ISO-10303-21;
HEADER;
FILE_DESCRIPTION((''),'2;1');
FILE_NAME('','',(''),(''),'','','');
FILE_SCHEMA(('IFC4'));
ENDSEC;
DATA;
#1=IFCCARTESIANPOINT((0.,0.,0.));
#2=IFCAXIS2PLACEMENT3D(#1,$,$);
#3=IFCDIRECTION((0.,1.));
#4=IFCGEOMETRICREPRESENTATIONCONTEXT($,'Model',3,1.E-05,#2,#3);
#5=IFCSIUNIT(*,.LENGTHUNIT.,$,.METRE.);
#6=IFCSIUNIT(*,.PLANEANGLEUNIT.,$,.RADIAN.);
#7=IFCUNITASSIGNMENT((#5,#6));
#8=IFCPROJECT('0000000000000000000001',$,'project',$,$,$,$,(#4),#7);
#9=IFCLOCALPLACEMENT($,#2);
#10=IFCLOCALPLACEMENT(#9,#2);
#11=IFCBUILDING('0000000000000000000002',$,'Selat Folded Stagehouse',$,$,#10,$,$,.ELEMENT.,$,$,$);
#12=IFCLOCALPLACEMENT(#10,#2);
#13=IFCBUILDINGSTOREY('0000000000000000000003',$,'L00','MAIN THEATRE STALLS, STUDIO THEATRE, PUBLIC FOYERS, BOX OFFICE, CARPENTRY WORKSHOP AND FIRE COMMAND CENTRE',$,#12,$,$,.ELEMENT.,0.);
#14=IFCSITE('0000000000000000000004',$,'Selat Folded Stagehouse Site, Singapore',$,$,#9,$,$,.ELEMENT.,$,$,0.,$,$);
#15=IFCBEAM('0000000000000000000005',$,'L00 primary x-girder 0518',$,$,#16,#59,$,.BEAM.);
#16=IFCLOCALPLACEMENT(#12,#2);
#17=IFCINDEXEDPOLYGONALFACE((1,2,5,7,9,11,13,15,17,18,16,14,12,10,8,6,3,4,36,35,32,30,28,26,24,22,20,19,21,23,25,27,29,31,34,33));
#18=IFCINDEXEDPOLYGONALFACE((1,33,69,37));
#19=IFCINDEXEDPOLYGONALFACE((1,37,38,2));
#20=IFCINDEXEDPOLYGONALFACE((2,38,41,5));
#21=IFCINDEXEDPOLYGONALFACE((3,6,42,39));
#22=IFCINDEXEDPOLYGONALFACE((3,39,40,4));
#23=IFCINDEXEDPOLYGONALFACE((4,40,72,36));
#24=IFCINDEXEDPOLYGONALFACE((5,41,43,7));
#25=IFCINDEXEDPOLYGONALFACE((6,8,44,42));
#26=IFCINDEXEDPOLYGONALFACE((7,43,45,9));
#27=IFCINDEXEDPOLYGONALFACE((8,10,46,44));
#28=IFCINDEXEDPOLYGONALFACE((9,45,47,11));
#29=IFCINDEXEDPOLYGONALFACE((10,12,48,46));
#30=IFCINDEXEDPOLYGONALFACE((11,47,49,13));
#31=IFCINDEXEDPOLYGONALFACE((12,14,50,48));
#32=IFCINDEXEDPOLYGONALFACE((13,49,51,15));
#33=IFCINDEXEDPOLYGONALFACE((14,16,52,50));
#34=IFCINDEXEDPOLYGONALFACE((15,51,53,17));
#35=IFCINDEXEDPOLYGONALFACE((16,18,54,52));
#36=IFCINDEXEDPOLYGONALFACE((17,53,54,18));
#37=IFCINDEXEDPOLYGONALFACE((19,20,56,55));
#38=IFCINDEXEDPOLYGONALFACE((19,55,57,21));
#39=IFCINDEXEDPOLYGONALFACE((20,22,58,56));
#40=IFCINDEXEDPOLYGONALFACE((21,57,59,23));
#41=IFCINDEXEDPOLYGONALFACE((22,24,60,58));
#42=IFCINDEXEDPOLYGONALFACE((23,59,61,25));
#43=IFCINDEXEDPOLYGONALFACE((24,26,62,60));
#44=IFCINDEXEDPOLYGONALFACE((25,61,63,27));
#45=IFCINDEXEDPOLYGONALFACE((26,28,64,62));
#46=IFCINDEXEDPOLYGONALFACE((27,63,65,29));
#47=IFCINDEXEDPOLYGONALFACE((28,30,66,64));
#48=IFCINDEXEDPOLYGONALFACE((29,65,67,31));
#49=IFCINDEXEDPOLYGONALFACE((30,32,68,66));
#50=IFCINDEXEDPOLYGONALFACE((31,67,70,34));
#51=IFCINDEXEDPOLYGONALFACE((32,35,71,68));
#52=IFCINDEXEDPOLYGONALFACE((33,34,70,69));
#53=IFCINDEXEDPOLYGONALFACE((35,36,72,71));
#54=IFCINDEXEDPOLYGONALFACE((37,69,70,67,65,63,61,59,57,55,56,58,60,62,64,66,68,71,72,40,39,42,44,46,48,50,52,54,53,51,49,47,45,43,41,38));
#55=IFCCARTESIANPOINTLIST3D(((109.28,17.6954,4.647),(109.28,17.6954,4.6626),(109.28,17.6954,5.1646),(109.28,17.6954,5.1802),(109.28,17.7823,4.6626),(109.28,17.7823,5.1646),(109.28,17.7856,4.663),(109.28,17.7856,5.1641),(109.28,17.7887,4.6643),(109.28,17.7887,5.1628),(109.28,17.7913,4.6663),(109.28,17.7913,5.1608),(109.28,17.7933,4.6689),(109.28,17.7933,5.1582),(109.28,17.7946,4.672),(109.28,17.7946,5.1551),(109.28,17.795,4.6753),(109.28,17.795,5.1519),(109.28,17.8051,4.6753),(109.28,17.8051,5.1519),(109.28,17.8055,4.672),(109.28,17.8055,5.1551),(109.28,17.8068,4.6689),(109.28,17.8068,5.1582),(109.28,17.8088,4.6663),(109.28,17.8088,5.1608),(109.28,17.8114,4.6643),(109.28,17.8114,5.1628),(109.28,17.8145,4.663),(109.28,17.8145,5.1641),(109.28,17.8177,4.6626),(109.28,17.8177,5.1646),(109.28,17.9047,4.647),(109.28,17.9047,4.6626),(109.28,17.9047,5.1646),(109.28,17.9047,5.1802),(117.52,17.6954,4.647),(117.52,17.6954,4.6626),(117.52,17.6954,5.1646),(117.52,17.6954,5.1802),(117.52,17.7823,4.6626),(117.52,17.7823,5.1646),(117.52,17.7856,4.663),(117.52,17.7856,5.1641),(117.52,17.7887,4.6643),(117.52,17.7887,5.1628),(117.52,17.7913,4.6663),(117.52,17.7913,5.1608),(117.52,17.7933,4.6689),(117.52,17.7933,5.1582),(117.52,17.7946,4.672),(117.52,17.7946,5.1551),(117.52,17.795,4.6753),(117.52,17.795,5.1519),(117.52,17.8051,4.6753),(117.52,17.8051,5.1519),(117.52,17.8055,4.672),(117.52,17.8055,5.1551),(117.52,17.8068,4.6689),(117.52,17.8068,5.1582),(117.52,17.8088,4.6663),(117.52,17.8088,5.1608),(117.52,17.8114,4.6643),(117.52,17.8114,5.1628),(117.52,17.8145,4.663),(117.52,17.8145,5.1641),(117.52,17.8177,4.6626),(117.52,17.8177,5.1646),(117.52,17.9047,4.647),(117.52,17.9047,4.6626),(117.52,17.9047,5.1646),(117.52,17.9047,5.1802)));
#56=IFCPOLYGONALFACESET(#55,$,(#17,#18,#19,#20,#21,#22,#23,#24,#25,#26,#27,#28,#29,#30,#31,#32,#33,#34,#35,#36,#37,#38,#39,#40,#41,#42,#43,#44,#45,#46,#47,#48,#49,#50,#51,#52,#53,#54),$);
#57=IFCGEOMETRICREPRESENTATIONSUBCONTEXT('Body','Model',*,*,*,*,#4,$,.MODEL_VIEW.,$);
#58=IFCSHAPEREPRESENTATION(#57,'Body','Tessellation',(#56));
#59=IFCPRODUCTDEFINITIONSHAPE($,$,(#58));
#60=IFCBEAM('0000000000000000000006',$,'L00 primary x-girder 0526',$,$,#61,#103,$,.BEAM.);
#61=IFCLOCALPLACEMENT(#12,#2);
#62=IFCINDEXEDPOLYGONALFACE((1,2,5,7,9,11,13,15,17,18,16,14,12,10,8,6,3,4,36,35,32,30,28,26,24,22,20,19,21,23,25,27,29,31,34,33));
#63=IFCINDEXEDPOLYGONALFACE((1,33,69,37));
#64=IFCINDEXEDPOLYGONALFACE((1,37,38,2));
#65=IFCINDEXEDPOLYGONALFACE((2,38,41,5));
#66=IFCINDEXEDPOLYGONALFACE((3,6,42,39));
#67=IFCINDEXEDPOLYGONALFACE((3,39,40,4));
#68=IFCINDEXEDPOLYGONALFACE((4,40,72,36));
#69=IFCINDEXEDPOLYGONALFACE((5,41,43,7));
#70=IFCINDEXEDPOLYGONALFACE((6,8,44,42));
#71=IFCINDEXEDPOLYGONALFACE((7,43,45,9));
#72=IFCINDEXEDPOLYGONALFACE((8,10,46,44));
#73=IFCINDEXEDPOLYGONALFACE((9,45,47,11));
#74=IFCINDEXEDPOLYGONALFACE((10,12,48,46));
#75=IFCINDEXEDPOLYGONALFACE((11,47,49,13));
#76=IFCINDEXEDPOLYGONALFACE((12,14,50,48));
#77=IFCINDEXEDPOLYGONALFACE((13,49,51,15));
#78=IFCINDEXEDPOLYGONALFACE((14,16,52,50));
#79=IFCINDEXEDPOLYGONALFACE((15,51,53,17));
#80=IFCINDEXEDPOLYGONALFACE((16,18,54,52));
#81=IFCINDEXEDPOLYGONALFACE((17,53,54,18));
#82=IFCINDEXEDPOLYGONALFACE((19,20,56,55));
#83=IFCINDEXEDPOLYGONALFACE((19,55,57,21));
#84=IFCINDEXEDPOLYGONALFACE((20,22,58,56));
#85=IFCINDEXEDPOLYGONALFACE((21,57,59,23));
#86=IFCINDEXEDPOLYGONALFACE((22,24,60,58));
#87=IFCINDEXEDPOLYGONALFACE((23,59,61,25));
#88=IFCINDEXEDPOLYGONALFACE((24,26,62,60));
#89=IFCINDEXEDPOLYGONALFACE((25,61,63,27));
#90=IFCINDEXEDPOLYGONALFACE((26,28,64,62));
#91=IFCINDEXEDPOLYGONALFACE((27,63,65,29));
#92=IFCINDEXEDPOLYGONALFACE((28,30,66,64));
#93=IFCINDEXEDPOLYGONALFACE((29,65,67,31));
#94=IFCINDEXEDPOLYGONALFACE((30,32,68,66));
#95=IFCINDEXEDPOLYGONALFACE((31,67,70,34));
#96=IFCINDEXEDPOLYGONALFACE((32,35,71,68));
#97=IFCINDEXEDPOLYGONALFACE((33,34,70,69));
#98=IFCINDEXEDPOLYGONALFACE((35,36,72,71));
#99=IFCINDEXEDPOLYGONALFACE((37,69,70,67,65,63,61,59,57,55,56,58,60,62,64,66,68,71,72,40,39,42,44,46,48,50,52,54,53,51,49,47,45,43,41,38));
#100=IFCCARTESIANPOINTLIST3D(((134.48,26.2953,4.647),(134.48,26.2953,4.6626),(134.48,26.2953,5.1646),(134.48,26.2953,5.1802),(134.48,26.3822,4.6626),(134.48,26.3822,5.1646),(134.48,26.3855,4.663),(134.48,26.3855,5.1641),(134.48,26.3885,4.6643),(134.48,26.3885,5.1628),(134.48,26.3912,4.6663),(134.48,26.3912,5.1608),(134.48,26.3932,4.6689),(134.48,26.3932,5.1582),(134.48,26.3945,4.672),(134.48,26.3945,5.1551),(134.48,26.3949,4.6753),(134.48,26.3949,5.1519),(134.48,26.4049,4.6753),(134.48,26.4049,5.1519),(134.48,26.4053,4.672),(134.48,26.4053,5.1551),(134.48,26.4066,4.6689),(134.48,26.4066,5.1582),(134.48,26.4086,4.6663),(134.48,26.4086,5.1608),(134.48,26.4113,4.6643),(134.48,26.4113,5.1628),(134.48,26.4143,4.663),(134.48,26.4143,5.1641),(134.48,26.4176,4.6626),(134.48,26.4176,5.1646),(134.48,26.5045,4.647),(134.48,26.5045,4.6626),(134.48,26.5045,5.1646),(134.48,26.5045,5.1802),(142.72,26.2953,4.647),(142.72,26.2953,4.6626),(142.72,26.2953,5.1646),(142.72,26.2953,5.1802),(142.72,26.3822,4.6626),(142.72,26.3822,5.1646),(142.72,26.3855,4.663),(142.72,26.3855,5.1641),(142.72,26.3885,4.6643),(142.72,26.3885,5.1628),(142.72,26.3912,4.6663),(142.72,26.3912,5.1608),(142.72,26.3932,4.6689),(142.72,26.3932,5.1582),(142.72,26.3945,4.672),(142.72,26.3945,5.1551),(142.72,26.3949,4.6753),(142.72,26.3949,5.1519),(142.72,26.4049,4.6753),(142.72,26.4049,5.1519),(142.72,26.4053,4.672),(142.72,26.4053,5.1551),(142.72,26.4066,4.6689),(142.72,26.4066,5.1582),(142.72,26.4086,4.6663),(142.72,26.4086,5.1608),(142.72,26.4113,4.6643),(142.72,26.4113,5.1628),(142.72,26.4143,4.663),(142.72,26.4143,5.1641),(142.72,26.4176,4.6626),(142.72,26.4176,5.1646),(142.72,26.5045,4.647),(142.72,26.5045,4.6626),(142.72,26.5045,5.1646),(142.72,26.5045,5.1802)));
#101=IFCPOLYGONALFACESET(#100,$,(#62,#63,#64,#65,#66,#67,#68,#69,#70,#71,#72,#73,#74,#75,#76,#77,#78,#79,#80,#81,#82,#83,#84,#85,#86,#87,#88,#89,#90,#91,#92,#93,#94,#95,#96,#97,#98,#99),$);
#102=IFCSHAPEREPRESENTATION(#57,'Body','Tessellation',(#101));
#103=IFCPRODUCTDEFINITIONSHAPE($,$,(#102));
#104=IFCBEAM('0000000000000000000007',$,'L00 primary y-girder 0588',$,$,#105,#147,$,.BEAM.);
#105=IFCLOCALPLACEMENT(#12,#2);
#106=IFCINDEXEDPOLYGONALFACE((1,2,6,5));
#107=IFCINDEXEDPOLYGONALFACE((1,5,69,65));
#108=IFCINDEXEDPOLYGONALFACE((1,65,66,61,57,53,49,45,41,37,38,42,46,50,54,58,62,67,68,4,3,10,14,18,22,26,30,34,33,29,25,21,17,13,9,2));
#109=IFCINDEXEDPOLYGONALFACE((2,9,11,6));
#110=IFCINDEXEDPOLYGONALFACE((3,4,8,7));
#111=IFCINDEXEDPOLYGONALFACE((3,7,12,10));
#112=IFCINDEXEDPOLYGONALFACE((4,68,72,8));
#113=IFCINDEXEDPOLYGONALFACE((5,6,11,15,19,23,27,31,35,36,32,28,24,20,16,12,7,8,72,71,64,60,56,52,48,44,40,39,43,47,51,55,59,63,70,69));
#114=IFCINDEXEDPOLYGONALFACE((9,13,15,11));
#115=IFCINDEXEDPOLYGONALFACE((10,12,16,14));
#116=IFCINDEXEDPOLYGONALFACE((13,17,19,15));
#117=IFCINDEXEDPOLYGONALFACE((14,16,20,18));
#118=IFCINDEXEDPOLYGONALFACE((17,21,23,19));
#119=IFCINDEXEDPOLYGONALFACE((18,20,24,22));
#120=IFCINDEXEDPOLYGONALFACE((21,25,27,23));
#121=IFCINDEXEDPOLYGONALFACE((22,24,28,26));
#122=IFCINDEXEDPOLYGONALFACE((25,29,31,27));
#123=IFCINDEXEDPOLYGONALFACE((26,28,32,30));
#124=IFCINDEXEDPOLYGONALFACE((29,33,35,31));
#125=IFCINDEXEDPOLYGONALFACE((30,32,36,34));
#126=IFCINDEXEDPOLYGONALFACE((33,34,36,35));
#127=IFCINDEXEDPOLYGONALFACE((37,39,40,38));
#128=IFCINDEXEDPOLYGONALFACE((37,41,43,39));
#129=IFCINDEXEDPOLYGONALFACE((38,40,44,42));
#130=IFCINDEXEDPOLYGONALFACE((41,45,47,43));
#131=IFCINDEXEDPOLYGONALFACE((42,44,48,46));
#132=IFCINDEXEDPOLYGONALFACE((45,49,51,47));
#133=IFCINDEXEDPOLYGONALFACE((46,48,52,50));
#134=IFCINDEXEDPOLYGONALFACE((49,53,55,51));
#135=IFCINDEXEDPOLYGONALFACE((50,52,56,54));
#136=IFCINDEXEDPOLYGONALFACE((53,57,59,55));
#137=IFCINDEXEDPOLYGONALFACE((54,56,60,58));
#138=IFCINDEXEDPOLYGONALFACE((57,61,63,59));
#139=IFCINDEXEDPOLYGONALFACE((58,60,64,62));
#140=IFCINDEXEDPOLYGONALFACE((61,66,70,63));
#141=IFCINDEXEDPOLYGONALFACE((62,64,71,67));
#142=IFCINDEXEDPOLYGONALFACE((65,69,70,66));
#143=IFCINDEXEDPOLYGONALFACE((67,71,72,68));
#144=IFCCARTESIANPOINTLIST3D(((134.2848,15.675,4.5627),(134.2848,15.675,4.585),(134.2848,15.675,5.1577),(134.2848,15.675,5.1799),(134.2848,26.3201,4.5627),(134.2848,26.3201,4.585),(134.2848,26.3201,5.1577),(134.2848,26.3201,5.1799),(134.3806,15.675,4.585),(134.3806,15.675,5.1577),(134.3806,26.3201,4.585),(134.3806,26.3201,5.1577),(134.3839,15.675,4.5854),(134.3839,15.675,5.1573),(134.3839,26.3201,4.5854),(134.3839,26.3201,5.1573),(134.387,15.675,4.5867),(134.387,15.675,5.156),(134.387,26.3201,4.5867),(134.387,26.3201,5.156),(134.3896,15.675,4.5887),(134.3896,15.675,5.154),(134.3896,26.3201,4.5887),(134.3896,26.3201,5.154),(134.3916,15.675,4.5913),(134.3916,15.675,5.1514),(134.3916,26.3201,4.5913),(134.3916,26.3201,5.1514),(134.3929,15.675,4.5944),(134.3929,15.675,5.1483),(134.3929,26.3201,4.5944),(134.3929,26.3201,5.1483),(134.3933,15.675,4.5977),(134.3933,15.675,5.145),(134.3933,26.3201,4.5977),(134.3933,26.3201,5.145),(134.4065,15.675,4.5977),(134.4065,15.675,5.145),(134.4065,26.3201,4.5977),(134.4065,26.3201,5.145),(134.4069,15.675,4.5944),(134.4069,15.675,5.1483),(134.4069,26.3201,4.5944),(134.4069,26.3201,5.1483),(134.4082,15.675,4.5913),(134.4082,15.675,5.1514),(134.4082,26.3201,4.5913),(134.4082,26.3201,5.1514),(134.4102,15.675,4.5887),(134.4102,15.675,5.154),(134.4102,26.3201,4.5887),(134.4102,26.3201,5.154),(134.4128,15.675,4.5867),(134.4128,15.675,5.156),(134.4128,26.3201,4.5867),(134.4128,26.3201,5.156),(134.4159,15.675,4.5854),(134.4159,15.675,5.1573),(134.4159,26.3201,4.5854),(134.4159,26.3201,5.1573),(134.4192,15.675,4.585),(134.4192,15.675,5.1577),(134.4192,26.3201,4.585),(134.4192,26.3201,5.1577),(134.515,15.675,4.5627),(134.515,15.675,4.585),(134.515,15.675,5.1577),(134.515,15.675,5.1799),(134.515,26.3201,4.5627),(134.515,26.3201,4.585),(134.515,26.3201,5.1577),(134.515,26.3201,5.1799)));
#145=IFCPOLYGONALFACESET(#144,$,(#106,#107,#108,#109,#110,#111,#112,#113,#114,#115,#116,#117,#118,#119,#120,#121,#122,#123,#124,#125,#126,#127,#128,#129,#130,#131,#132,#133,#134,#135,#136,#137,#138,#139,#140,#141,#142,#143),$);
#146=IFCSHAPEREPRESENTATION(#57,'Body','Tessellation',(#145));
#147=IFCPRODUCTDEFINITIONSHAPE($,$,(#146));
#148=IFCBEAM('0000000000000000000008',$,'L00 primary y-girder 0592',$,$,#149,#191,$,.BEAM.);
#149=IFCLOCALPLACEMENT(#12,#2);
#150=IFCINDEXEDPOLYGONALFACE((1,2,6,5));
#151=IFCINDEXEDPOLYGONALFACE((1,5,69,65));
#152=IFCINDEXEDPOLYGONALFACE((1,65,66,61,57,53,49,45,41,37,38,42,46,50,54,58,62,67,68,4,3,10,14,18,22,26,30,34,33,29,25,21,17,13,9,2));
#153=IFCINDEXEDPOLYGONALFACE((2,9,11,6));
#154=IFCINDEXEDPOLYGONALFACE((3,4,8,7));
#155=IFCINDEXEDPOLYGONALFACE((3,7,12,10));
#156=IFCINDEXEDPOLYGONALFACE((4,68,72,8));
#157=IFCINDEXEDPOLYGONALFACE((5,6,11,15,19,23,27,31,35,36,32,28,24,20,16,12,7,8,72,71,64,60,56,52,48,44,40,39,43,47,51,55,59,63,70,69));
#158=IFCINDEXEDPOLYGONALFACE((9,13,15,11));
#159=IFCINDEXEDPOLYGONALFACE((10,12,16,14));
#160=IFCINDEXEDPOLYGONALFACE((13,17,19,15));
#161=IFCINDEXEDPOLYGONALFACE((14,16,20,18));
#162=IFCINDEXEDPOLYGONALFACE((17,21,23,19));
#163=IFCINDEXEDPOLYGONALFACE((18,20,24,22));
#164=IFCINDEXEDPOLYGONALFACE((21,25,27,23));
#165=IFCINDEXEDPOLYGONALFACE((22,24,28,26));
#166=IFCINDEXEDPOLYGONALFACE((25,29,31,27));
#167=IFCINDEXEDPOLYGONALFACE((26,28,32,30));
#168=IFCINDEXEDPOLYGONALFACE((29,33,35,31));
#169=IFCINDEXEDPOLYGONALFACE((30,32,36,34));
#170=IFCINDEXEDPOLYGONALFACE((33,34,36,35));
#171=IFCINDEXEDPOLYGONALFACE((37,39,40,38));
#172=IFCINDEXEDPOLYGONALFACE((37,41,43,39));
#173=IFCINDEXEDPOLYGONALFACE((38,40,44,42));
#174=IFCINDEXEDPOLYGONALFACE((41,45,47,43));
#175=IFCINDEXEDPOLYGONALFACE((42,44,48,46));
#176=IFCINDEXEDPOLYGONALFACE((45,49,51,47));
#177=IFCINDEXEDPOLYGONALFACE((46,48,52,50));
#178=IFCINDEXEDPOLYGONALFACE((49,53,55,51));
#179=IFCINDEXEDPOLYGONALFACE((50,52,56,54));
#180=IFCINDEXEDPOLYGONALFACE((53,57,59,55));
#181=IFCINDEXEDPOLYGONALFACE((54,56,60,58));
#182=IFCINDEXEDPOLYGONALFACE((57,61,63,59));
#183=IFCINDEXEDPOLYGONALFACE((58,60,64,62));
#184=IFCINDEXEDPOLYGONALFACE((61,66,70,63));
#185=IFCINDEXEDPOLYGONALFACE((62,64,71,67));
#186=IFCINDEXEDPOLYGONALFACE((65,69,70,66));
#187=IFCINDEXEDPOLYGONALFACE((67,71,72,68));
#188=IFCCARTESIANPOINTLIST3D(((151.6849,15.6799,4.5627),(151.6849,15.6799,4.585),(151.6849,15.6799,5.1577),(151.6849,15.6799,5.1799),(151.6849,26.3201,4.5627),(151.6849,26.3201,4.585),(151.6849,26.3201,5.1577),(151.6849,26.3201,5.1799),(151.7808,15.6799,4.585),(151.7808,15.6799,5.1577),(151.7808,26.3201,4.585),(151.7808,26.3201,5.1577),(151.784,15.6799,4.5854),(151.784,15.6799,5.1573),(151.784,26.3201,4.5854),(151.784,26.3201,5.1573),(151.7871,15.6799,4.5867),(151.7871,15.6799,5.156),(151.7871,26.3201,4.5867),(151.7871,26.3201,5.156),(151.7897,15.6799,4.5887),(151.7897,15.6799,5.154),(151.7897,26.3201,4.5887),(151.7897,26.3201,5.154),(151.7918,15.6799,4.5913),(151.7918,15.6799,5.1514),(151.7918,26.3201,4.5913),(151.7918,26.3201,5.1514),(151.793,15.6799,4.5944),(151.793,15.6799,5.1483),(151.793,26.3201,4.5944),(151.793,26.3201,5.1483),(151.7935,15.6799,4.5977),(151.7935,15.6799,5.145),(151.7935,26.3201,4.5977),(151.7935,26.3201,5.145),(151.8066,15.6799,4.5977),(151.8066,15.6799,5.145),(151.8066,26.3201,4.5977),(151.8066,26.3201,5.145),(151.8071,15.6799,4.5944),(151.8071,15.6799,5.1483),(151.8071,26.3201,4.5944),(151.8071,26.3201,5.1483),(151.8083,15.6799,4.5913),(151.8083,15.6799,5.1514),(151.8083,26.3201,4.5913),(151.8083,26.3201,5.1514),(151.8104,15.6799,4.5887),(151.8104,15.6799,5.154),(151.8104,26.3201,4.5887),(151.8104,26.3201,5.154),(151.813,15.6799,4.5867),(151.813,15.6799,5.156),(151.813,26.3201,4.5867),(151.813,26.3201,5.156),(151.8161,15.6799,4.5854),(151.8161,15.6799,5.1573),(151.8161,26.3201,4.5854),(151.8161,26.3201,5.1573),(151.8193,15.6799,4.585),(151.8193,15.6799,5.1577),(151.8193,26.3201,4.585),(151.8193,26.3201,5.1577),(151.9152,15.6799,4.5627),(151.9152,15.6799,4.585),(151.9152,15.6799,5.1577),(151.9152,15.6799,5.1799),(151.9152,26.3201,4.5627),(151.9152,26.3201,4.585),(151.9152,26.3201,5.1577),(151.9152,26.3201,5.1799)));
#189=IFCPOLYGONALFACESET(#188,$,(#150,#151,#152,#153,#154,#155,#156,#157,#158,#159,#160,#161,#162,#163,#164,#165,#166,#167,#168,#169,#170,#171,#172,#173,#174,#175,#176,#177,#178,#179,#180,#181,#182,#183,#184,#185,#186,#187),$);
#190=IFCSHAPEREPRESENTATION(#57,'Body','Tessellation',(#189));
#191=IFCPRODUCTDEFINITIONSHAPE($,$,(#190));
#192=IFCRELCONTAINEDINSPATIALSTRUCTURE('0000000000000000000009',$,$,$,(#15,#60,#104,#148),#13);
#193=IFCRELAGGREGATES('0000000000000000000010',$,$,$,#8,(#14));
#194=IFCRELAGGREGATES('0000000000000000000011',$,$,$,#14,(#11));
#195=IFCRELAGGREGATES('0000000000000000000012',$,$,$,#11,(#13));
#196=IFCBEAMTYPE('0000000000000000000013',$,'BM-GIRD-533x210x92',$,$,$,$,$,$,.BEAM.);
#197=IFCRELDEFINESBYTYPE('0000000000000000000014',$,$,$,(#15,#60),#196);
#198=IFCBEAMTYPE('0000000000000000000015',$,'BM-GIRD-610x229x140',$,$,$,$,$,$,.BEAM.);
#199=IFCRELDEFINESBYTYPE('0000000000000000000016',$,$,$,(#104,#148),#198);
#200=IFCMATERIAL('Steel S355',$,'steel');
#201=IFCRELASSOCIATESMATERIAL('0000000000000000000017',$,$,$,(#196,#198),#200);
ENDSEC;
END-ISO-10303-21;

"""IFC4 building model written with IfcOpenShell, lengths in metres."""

from ifc_helpers import new_model, si_unit, direction, frame, origin, origin_2d, place, context, subcontext, project, spatial, i_section, extrude, material, material_profile, profile_set, type_object, element, save


model = new_model("IFC4")

# Units and contexts
model_context = context("Model", 3, precision=1e-05, world=origin(), true_north=direction((0.0, 1.0)))
body_context = subcontext(model_context, "Body", "Model", "MODEL_VIEW")
ifc_project = project(units=[si_unit("LENGTHUNIT", "METRE"), si_unit("PLANEANGLEUNIT", "RADIAN")], contexts=[model_context])

# Site, building, storey
site_placement = place(None, origin())
site = spatial("IfcSite", under=ifc_project, at=site_placement, Name="Selat Folded Stagehouse Site, Singapore", CompositionType="ELEMENT", RefElevation=0.0)
building_placement = place(site_placement, origin())
building = spatial("IfcBuilding", under=site, at=building_placement, Name="Selat Folded Stagehouse", CompositionType="ELEMENT")
storey_placement = place(building_placement, origin())
storey = spatial("IfcBuildingStorey", under=building, at=storey_placement, Name="L00", Description="MAIN THEATRE STALLS, STUDIO THEATRE, PUBLIC FOYERS, BOX OFFICE, CARPENTRY WORKSHOP AND FIRE COMMAND CENTRE", CompositionType="ELEMENT", Elevation=0.0)

# Shared definitions
ifc_material_1 = material(Name="Steel S355", Category="steel")

# Beams
ifc_material_profile_1 = material_profile(ifc_material_1, i_section(OverallWidth=0.2092, OverallDepth=0.5332, WebThickness=0.01, FlangeThickness=0.0156, FilletRadius=0.0127, at=origin_2d()), Name="UKB 533x210x92")
ifc_profile_set_1 = profile_set([ifc_material_profile_1], Name="Steel S355")
beam_type_1 = type_object("IfcBeamType", Name="BM-GIRD-533x210x92", PredefinedType="BEAM", material=ifc_profile_set_1)
for number, where, z_axis, x_axis, name in (
    (1, (109.28, 17.8, 4.9136), (1.0, 0.0, 0.0), (0.0, 1.0, 0.0), "L00 primary x-girder 0518"),
    (2, (134.48, 26.3999, 4.9136), (1.0, 0.0, 0.0), (0.0, 1.0, 0.0), "L00 primary x-girder 0526"),
):
    element("IfcBeam", number, at=place(storey_placement, frame(where, z_axis=z_axis, x_axis=x_axis)), inside=storey, type_object=beam_type_1, Name=name, PredefinedType="BEAM", context=body_context, shape_type="SweptSolid", body=[
        extrude(i_section(OverallWidth=0.2092, OverallDepth=0.5332, WebThickness=0.01, FlangeThickness=0.0156, FilletRadius=0.0127, at=origin_2d()), origin(), (0.0, 0.0, 1.0), 8.24),
    ])
ifc_material_profile_2 = material_profile(ifc_material_1, i_section(OverallWidth=0.2302, OverallDepth=0.6172, WebThickness=0.0132, FlangeThickness=0.0222, FilletRadius=0.0127, at=origin_2d()), Name="UKB 610x229x140")
ifc_profile_set_2 = profile_set([ifc_material_profile_2], Name="Steel S355")
beam_type_2 = type_object("IfcBeamType", Name="BM-GIRD-610x229x140", PredefinedType="BEAM", material=ifc_profile_set_2)
beam_1_placement = place(storey_placement, frame((134.3999, 15.675, 4.8713), z_axis=(0.0, 1.0, 0.0), x_axis=(-1.0, 0.0, 0.0)))
element("IfcBeam", 3, at=beam_1_placement, inside=storey, type_object=beam_type_2, Name="L00 primary y-girder 0588", PredefinedType="BEAM", context=body_context, shape_type="SweptSolid", body=[
    extrude(i_section(OverallWidth=0.2302, OverallDepth=0.6172, WebThickness=0.0132, FlangeThickness=0.0222, FilletRadius=0.0127, at=origin_2d()), origin(), (0.0, 0.0, 1.0), 10.645),
])
beam_2_placement = place(storey_placement, frame((151.8, 15.6799, 4.8713), z_axis=(0.0, 1.0, 0.0), x_axis=(-1.0, 0.0, 0.0)))
element("IfcBeam", 4, at=beam_2_placement, inside=storey, type_object=beam_type_2, Name="L00 primary y-girder 0592", PredefinedType="BEAM", context=body_context, shape_type="SweptSolid", body=[
    extrude(i_section(OverallWidth=0.2302, OverallDepth=0.6172, WebThickness=0.0132, FlangeThickness=0.0222, FilletRadius=0.0127, at=origin_2d()), origin(), (0.0, 0.0, 1.0), 10.6401),
])

save(model, "model.ifc")
